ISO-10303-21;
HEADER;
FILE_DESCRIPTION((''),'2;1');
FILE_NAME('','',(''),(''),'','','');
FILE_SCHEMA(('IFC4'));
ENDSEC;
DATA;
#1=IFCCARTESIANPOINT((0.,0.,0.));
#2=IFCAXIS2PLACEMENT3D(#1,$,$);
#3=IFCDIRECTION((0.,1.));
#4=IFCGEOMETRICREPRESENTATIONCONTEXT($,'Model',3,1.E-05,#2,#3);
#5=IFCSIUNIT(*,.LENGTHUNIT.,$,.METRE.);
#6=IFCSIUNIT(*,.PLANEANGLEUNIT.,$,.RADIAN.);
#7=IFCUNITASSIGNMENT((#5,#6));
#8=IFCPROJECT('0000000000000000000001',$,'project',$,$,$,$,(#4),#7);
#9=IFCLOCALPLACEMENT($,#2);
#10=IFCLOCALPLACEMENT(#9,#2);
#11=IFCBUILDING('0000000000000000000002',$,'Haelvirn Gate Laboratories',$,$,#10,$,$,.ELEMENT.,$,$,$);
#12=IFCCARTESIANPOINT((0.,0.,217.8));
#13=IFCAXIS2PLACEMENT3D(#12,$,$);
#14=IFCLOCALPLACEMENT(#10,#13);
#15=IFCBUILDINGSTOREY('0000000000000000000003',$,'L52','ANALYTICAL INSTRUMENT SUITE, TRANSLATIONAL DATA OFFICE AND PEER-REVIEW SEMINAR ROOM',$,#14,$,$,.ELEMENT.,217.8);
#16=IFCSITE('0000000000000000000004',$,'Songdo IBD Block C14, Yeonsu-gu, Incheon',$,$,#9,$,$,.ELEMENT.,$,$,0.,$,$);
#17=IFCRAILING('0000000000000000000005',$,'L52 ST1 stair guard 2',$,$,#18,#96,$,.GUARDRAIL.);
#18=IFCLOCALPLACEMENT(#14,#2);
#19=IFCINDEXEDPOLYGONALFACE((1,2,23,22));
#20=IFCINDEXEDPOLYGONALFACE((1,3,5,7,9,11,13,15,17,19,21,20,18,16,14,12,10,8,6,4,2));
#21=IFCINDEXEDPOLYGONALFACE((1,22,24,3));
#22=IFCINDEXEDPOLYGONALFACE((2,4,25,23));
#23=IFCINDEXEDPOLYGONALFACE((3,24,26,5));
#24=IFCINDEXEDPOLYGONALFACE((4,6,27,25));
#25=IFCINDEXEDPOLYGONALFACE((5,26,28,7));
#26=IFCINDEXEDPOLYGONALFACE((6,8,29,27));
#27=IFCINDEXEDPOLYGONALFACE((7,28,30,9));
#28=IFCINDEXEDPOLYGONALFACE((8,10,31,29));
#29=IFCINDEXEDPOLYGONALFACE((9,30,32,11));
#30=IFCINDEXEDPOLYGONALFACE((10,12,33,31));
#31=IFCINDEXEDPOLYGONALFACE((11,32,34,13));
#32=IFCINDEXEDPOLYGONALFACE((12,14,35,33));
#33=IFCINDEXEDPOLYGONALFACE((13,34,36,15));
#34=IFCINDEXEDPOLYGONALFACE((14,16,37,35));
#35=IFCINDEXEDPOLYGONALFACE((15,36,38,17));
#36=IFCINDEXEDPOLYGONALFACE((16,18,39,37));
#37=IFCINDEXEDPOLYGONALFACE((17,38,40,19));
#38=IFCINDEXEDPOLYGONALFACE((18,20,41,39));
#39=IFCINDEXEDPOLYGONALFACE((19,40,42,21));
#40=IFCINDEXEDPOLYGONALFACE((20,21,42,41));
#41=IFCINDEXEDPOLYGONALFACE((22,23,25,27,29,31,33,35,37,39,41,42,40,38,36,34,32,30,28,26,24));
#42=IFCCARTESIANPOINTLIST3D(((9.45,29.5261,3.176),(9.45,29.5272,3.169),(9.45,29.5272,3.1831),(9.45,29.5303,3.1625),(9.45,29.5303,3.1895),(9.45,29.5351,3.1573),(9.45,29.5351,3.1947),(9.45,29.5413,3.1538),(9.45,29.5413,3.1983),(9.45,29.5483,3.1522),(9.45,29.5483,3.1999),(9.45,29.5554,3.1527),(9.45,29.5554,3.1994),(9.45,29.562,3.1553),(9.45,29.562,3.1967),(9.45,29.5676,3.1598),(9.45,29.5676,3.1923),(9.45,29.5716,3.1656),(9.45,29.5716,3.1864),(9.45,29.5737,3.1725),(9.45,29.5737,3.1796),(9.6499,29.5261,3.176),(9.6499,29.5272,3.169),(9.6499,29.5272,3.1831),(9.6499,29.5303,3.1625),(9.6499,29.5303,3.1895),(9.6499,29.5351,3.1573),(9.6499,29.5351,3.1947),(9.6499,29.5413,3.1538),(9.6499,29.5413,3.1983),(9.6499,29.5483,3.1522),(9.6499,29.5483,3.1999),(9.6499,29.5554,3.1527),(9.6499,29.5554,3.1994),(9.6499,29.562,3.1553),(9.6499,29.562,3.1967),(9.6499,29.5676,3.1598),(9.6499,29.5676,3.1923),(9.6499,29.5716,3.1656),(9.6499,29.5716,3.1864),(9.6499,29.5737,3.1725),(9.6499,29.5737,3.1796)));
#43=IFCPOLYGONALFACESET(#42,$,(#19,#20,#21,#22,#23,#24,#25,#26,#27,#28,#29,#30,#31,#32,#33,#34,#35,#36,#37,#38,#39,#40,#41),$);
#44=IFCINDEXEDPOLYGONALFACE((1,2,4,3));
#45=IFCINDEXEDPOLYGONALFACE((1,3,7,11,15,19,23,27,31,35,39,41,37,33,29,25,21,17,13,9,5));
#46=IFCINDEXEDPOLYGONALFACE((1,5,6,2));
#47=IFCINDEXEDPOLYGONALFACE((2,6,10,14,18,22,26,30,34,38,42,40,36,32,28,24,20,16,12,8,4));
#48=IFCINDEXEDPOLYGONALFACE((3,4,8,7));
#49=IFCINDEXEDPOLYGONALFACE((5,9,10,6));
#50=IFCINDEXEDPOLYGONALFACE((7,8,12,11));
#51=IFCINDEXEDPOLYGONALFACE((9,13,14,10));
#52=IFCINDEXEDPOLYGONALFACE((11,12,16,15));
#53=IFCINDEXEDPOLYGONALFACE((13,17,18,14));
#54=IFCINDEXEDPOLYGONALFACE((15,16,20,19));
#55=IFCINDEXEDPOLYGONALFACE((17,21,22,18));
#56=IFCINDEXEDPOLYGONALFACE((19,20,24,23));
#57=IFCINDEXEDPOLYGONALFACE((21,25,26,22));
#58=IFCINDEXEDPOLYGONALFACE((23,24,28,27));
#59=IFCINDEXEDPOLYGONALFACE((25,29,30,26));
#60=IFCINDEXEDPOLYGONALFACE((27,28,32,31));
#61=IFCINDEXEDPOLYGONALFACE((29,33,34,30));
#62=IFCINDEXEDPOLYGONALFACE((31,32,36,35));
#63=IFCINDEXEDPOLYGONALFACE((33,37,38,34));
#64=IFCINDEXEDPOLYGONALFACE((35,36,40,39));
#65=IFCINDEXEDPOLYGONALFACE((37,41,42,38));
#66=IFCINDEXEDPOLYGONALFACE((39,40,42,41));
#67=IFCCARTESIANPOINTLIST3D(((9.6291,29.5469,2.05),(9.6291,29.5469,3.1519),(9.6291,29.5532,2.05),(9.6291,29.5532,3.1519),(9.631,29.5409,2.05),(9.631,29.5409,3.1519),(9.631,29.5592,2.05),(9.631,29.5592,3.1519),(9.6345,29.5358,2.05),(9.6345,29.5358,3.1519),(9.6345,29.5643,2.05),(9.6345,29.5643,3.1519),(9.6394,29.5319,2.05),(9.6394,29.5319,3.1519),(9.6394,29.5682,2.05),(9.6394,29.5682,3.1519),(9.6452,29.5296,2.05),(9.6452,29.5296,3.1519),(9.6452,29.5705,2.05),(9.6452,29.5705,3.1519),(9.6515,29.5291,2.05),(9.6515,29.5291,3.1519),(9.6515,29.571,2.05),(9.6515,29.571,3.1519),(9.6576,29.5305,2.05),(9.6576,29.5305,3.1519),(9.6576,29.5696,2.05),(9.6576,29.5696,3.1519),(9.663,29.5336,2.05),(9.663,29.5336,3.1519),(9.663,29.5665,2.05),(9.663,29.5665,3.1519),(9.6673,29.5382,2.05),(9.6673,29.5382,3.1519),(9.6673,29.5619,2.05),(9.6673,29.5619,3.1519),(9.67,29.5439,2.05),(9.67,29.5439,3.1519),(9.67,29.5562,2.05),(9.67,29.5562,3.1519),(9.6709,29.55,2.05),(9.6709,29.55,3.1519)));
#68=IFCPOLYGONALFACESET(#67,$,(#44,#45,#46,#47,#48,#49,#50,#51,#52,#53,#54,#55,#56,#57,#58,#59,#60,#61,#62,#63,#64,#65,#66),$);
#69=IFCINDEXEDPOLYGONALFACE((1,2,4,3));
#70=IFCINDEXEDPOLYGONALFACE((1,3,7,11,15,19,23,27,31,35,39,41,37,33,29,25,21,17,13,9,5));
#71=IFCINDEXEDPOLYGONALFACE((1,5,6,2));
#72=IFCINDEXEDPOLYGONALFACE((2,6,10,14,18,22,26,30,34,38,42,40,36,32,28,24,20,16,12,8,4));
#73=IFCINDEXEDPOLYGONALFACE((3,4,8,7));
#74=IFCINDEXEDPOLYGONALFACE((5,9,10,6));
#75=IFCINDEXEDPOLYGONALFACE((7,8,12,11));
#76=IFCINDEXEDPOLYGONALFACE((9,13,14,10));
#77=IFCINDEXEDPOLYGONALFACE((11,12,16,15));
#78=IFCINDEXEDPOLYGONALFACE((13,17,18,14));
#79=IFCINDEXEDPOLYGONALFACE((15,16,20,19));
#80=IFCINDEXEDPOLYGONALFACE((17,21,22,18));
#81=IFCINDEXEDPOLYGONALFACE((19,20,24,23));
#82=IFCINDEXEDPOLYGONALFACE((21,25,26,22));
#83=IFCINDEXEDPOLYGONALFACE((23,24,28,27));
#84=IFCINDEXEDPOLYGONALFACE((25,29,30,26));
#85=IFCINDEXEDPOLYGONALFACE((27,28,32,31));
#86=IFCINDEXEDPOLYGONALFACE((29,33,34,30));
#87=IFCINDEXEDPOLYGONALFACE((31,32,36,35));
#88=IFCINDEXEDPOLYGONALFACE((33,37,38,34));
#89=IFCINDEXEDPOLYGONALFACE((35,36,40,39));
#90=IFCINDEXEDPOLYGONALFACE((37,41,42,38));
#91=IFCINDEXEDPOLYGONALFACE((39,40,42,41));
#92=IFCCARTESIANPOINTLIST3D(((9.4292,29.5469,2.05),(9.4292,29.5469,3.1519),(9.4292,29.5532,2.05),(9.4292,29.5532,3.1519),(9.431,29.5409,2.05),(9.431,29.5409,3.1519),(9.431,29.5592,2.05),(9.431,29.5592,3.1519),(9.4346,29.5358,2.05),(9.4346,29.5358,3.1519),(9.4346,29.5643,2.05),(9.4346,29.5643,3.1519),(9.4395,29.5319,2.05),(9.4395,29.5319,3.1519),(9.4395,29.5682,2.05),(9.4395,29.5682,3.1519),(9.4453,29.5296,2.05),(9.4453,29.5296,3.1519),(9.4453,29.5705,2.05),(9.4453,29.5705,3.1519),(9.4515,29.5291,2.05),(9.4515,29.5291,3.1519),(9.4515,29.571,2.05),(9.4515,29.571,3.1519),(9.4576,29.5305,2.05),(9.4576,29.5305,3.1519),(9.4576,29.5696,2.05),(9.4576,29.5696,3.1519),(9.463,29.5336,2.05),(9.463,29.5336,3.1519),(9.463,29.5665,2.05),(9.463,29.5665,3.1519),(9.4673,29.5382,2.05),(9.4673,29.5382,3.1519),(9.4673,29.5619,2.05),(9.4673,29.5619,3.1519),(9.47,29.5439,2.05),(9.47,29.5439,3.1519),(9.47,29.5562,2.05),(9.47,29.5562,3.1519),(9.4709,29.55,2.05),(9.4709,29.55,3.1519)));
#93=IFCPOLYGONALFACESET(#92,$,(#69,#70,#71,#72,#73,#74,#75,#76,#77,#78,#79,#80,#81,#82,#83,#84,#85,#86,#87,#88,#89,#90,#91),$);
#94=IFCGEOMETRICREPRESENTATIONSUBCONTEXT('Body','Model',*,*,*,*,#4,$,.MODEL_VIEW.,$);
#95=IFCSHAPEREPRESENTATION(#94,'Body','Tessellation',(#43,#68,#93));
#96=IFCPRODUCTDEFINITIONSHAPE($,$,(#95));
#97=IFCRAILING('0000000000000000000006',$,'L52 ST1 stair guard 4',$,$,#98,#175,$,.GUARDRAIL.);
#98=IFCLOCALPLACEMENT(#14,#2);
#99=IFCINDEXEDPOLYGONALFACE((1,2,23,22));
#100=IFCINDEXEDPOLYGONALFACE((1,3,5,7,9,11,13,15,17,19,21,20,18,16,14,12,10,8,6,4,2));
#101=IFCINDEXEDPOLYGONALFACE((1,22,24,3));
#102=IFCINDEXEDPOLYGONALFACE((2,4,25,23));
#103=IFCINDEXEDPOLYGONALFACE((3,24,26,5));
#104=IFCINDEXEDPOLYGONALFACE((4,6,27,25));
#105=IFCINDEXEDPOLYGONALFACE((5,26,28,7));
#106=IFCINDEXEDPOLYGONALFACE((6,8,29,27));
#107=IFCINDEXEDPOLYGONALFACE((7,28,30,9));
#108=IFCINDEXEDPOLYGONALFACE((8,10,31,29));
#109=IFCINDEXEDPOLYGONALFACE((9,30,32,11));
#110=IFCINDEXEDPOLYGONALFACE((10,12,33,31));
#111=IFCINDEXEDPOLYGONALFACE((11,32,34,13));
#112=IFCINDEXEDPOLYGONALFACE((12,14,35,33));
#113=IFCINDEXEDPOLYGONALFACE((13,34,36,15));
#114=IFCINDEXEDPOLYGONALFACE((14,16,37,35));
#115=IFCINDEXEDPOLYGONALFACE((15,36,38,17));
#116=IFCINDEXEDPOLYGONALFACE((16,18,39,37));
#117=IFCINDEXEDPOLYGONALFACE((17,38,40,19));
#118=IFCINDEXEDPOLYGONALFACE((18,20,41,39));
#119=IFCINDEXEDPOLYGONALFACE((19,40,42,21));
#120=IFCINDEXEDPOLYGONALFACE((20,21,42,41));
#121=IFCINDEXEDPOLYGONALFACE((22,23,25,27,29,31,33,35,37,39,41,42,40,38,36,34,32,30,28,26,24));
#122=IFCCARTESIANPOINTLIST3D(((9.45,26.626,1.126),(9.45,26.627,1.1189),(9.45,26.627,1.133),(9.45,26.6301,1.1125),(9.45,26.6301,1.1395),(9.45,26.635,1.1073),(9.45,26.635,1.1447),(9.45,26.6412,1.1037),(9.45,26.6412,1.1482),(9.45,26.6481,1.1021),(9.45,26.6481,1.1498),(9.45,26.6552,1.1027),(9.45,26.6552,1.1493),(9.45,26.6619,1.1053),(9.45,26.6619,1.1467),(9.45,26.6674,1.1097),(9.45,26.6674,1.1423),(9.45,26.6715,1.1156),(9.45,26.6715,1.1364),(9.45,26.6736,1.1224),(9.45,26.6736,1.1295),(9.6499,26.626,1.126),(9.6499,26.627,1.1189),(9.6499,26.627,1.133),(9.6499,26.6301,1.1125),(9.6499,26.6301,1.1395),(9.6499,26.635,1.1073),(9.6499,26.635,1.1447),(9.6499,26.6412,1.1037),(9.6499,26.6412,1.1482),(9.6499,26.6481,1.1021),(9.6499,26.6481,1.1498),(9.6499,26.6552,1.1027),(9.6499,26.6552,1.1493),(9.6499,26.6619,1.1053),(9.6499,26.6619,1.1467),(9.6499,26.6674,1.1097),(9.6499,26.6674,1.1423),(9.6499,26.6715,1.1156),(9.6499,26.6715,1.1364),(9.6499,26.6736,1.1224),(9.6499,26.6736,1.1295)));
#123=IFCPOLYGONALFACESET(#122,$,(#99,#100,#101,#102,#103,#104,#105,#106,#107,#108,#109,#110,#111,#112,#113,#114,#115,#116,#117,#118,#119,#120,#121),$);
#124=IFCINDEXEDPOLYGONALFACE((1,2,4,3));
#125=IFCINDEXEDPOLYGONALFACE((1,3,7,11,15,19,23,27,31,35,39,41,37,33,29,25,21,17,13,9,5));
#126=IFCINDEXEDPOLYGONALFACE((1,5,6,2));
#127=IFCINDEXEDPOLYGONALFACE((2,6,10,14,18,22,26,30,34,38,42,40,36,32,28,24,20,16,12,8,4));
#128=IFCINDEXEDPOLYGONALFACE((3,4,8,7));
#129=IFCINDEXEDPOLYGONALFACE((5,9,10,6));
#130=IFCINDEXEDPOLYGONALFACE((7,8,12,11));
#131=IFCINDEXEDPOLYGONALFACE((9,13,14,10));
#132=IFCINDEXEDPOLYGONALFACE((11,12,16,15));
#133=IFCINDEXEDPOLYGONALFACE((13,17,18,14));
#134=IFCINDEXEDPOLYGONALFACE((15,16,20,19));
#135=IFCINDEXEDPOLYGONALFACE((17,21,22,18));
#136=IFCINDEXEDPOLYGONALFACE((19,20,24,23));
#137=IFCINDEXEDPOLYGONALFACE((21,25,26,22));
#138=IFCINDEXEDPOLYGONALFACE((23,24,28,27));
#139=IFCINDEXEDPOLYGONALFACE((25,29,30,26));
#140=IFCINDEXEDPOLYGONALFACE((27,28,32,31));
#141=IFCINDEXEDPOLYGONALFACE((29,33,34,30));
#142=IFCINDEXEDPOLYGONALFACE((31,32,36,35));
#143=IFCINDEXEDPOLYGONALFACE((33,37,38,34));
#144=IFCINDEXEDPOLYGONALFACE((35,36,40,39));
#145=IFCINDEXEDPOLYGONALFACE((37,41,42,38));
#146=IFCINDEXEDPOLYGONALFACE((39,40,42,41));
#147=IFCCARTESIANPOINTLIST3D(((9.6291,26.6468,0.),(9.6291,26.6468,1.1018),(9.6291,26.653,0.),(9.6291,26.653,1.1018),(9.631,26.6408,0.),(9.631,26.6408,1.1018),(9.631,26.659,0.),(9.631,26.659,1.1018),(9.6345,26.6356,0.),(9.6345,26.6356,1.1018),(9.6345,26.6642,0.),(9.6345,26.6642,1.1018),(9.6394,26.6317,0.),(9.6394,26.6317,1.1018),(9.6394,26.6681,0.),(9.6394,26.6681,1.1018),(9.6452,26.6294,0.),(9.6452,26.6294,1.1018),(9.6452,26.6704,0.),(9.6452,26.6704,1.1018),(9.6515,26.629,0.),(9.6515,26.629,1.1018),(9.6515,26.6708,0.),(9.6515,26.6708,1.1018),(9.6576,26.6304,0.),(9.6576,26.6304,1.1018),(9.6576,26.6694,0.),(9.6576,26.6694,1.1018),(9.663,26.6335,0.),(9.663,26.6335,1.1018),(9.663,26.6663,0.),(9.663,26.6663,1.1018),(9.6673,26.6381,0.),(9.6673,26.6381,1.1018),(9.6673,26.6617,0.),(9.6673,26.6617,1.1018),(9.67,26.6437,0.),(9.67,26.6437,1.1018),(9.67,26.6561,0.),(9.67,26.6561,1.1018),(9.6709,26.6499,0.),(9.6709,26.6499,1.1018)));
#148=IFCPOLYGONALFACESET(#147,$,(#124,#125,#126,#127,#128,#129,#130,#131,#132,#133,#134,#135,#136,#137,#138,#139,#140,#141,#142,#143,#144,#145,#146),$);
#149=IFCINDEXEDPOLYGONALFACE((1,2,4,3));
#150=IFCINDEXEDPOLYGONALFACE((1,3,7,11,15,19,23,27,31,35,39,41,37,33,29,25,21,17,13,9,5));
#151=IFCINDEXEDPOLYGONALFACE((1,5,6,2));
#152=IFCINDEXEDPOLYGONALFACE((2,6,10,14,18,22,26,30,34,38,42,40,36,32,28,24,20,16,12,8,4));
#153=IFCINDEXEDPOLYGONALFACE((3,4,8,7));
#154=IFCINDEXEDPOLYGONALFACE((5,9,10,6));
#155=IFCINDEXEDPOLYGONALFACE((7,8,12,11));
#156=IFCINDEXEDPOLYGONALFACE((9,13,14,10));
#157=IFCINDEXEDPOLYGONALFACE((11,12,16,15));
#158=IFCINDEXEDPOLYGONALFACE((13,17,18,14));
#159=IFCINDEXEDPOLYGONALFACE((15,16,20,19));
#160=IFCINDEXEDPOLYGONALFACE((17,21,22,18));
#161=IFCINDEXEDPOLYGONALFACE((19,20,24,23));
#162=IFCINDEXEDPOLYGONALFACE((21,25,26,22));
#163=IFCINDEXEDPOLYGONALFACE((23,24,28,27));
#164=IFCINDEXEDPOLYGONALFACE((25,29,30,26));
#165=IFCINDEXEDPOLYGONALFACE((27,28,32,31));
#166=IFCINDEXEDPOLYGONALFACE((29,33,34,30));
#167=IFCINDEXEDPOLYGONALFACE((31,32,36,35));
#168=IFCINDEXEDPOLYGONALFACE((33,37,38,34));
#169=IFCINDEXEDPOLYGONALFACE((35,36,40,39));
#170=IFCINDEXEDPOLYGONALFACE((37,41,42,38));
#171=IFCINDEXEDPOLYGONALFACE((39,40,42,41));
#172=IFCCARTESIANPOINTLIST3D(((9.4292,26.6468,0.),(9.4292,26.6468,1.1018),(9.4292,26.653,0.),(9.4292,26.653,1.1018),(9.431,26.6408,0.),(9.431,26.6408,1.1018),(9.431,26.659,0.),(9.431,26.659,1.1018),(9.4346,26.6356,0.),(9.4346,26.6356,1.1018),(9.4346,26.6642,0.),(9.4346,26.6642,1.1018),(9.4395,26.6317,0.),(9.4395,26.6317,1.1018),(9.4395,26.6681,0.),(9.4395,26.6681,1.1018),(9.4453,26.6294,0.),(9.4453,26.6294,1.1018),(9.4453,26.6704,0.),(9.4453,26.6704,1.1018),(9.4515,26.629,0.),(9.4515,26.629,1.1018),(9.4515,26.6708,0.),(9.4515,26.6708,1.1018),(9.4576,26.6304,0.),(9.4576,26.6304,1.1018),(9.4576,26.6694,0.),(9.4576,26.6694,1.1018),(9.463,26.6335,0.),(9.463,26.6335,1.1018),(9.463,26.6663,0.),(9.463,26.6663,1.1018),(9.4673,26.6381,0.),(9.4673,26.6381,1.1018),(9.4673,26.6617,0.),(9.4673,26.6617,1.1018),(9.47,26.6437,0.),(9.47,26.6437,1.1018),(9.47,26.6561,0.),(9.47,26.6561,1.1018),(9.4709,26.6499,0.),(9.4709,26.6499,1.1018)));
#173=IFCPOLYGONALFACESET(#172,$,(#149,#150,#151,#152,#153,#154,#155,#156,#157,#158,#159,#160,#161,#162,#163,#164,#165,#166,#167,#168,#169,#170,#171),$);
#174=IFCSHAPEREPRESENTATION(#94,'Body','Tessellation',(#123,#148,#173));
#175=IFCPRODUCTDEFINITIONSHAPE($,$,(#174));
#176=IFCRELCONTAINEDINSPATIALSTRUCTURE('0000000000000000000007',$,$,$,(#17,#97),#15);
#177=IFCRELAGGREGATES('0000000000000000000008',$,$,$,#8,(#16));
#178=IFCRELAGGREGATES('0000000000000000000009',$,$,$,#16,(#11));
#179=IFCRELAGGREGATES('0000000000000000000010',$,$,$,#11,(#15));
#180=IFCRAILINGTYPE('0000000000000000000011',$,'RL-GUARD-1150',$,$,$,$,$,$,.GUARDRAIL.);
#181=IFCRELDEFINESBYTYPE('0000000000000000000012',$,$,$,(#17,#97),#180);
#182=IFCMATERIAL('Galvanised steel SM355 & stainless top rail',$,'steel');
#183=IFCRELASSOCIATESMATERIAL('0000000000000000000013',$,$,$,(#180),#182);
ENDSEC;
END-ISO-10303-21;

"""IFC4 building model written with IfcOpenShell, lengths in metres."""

from ifc_helpers import new_model, si_unit, direction, frame, origin, origin_2d, place, context, subcontext, project, spatial, circle, extrude, source, transform, mapped, material, type_object, element, save


model = new_model("IFC4")

# Units and contexts
model_context = context("Model", 3, precision=1e-05, world=origin(), true_north=direction((0.0, 1.0)))
body_context = subcontext(model_context, "Body", "Model", "MODEL_VIEW")
ifc_project = project(units=[si_unit("LENGTHUNIT", "METRE"), si_unit("PLANEANGLEUNIT", "RADIAN")], contexts=[model_context])

# Site, building, storey
site_placement = place(None, origin())
site = spatial("IfcSite", under=ifc_project, at=site_placement, Name="Songdo IBD Block C14, Yeonsu-gu, Incheon", CompositionType="ELEMENT", RefElevation=0.0)
building_placement = place(site_placement, origin())
building = spatial("IfcBuilding", under=site, at=building_placement, Name="Haelvirn Gate Laboratories", CompositionType="ELEMENT")
storey_placement = place(building_placement, frame((0.0, 0.0, 217.8)))
storey = spatial("IfcBuildingStorey", under=building, at=storey_placement, Name="L52", Description="ANALYTICAL INSTRUMENT SUITE, TRANSLATIONAL DATA OFFICE AND PEER-REVIEW SEMINAR ROOM", CompositionType="ELEMENT", Elevation=217.8)

# Railings
ifc_material_1 = material(Name="Galvanised steel SM355 & stainless top rail", Category="steel")
railing_type_1 = type_object("IfcRailingType", Name="RL-GUARD-1150", PredefinedType="GUARDRAIL", material=ifc_material_1)
shared_shape_1 = source(origin(), body_context, "Body", "SweptSolid", [
    extrude(circle(Radius=0.0239, at=origin_2d()), frame((0.0, 0.0, 1.126), z_axis=(-1.0, 0.0, 0.0), x_axis=(0.0, -1.0, 0.0)), (0.0, 0.0, 1.0), 0.2),
    extrude(circle(Radius=0.021, at=origin_2d()), origin(), (0.0, 0.0, 1.0), 1.1018),
    extrude(circle(Radius=0.021, at=origin_2d()), frame((-0.2, 0.0, 0.0)), (0.0, 0.0, 1.0), 1.1018),
])
for number, where, name in (
    (1, (9.6499, 29.55, 2.05), "L52 ST1 stair guard 2"),
    (2, (9.6499, 26.6499, 0.0), "L52 ST1 stair guard 4"),
):
    element("IfcRailing", number, at=place(storey_placement, frame(where)), inside=storey, type_object=railing_type_1, Name=name, PredefinedType="GUARDRAIL", context=body_context, shape_type="MappedRepresentation", body=[
        mapped(shared_shape_1, transform((0.0, 0.0, 0.0), scale=1.0)),
    ])

save(model, "model.ifc")
